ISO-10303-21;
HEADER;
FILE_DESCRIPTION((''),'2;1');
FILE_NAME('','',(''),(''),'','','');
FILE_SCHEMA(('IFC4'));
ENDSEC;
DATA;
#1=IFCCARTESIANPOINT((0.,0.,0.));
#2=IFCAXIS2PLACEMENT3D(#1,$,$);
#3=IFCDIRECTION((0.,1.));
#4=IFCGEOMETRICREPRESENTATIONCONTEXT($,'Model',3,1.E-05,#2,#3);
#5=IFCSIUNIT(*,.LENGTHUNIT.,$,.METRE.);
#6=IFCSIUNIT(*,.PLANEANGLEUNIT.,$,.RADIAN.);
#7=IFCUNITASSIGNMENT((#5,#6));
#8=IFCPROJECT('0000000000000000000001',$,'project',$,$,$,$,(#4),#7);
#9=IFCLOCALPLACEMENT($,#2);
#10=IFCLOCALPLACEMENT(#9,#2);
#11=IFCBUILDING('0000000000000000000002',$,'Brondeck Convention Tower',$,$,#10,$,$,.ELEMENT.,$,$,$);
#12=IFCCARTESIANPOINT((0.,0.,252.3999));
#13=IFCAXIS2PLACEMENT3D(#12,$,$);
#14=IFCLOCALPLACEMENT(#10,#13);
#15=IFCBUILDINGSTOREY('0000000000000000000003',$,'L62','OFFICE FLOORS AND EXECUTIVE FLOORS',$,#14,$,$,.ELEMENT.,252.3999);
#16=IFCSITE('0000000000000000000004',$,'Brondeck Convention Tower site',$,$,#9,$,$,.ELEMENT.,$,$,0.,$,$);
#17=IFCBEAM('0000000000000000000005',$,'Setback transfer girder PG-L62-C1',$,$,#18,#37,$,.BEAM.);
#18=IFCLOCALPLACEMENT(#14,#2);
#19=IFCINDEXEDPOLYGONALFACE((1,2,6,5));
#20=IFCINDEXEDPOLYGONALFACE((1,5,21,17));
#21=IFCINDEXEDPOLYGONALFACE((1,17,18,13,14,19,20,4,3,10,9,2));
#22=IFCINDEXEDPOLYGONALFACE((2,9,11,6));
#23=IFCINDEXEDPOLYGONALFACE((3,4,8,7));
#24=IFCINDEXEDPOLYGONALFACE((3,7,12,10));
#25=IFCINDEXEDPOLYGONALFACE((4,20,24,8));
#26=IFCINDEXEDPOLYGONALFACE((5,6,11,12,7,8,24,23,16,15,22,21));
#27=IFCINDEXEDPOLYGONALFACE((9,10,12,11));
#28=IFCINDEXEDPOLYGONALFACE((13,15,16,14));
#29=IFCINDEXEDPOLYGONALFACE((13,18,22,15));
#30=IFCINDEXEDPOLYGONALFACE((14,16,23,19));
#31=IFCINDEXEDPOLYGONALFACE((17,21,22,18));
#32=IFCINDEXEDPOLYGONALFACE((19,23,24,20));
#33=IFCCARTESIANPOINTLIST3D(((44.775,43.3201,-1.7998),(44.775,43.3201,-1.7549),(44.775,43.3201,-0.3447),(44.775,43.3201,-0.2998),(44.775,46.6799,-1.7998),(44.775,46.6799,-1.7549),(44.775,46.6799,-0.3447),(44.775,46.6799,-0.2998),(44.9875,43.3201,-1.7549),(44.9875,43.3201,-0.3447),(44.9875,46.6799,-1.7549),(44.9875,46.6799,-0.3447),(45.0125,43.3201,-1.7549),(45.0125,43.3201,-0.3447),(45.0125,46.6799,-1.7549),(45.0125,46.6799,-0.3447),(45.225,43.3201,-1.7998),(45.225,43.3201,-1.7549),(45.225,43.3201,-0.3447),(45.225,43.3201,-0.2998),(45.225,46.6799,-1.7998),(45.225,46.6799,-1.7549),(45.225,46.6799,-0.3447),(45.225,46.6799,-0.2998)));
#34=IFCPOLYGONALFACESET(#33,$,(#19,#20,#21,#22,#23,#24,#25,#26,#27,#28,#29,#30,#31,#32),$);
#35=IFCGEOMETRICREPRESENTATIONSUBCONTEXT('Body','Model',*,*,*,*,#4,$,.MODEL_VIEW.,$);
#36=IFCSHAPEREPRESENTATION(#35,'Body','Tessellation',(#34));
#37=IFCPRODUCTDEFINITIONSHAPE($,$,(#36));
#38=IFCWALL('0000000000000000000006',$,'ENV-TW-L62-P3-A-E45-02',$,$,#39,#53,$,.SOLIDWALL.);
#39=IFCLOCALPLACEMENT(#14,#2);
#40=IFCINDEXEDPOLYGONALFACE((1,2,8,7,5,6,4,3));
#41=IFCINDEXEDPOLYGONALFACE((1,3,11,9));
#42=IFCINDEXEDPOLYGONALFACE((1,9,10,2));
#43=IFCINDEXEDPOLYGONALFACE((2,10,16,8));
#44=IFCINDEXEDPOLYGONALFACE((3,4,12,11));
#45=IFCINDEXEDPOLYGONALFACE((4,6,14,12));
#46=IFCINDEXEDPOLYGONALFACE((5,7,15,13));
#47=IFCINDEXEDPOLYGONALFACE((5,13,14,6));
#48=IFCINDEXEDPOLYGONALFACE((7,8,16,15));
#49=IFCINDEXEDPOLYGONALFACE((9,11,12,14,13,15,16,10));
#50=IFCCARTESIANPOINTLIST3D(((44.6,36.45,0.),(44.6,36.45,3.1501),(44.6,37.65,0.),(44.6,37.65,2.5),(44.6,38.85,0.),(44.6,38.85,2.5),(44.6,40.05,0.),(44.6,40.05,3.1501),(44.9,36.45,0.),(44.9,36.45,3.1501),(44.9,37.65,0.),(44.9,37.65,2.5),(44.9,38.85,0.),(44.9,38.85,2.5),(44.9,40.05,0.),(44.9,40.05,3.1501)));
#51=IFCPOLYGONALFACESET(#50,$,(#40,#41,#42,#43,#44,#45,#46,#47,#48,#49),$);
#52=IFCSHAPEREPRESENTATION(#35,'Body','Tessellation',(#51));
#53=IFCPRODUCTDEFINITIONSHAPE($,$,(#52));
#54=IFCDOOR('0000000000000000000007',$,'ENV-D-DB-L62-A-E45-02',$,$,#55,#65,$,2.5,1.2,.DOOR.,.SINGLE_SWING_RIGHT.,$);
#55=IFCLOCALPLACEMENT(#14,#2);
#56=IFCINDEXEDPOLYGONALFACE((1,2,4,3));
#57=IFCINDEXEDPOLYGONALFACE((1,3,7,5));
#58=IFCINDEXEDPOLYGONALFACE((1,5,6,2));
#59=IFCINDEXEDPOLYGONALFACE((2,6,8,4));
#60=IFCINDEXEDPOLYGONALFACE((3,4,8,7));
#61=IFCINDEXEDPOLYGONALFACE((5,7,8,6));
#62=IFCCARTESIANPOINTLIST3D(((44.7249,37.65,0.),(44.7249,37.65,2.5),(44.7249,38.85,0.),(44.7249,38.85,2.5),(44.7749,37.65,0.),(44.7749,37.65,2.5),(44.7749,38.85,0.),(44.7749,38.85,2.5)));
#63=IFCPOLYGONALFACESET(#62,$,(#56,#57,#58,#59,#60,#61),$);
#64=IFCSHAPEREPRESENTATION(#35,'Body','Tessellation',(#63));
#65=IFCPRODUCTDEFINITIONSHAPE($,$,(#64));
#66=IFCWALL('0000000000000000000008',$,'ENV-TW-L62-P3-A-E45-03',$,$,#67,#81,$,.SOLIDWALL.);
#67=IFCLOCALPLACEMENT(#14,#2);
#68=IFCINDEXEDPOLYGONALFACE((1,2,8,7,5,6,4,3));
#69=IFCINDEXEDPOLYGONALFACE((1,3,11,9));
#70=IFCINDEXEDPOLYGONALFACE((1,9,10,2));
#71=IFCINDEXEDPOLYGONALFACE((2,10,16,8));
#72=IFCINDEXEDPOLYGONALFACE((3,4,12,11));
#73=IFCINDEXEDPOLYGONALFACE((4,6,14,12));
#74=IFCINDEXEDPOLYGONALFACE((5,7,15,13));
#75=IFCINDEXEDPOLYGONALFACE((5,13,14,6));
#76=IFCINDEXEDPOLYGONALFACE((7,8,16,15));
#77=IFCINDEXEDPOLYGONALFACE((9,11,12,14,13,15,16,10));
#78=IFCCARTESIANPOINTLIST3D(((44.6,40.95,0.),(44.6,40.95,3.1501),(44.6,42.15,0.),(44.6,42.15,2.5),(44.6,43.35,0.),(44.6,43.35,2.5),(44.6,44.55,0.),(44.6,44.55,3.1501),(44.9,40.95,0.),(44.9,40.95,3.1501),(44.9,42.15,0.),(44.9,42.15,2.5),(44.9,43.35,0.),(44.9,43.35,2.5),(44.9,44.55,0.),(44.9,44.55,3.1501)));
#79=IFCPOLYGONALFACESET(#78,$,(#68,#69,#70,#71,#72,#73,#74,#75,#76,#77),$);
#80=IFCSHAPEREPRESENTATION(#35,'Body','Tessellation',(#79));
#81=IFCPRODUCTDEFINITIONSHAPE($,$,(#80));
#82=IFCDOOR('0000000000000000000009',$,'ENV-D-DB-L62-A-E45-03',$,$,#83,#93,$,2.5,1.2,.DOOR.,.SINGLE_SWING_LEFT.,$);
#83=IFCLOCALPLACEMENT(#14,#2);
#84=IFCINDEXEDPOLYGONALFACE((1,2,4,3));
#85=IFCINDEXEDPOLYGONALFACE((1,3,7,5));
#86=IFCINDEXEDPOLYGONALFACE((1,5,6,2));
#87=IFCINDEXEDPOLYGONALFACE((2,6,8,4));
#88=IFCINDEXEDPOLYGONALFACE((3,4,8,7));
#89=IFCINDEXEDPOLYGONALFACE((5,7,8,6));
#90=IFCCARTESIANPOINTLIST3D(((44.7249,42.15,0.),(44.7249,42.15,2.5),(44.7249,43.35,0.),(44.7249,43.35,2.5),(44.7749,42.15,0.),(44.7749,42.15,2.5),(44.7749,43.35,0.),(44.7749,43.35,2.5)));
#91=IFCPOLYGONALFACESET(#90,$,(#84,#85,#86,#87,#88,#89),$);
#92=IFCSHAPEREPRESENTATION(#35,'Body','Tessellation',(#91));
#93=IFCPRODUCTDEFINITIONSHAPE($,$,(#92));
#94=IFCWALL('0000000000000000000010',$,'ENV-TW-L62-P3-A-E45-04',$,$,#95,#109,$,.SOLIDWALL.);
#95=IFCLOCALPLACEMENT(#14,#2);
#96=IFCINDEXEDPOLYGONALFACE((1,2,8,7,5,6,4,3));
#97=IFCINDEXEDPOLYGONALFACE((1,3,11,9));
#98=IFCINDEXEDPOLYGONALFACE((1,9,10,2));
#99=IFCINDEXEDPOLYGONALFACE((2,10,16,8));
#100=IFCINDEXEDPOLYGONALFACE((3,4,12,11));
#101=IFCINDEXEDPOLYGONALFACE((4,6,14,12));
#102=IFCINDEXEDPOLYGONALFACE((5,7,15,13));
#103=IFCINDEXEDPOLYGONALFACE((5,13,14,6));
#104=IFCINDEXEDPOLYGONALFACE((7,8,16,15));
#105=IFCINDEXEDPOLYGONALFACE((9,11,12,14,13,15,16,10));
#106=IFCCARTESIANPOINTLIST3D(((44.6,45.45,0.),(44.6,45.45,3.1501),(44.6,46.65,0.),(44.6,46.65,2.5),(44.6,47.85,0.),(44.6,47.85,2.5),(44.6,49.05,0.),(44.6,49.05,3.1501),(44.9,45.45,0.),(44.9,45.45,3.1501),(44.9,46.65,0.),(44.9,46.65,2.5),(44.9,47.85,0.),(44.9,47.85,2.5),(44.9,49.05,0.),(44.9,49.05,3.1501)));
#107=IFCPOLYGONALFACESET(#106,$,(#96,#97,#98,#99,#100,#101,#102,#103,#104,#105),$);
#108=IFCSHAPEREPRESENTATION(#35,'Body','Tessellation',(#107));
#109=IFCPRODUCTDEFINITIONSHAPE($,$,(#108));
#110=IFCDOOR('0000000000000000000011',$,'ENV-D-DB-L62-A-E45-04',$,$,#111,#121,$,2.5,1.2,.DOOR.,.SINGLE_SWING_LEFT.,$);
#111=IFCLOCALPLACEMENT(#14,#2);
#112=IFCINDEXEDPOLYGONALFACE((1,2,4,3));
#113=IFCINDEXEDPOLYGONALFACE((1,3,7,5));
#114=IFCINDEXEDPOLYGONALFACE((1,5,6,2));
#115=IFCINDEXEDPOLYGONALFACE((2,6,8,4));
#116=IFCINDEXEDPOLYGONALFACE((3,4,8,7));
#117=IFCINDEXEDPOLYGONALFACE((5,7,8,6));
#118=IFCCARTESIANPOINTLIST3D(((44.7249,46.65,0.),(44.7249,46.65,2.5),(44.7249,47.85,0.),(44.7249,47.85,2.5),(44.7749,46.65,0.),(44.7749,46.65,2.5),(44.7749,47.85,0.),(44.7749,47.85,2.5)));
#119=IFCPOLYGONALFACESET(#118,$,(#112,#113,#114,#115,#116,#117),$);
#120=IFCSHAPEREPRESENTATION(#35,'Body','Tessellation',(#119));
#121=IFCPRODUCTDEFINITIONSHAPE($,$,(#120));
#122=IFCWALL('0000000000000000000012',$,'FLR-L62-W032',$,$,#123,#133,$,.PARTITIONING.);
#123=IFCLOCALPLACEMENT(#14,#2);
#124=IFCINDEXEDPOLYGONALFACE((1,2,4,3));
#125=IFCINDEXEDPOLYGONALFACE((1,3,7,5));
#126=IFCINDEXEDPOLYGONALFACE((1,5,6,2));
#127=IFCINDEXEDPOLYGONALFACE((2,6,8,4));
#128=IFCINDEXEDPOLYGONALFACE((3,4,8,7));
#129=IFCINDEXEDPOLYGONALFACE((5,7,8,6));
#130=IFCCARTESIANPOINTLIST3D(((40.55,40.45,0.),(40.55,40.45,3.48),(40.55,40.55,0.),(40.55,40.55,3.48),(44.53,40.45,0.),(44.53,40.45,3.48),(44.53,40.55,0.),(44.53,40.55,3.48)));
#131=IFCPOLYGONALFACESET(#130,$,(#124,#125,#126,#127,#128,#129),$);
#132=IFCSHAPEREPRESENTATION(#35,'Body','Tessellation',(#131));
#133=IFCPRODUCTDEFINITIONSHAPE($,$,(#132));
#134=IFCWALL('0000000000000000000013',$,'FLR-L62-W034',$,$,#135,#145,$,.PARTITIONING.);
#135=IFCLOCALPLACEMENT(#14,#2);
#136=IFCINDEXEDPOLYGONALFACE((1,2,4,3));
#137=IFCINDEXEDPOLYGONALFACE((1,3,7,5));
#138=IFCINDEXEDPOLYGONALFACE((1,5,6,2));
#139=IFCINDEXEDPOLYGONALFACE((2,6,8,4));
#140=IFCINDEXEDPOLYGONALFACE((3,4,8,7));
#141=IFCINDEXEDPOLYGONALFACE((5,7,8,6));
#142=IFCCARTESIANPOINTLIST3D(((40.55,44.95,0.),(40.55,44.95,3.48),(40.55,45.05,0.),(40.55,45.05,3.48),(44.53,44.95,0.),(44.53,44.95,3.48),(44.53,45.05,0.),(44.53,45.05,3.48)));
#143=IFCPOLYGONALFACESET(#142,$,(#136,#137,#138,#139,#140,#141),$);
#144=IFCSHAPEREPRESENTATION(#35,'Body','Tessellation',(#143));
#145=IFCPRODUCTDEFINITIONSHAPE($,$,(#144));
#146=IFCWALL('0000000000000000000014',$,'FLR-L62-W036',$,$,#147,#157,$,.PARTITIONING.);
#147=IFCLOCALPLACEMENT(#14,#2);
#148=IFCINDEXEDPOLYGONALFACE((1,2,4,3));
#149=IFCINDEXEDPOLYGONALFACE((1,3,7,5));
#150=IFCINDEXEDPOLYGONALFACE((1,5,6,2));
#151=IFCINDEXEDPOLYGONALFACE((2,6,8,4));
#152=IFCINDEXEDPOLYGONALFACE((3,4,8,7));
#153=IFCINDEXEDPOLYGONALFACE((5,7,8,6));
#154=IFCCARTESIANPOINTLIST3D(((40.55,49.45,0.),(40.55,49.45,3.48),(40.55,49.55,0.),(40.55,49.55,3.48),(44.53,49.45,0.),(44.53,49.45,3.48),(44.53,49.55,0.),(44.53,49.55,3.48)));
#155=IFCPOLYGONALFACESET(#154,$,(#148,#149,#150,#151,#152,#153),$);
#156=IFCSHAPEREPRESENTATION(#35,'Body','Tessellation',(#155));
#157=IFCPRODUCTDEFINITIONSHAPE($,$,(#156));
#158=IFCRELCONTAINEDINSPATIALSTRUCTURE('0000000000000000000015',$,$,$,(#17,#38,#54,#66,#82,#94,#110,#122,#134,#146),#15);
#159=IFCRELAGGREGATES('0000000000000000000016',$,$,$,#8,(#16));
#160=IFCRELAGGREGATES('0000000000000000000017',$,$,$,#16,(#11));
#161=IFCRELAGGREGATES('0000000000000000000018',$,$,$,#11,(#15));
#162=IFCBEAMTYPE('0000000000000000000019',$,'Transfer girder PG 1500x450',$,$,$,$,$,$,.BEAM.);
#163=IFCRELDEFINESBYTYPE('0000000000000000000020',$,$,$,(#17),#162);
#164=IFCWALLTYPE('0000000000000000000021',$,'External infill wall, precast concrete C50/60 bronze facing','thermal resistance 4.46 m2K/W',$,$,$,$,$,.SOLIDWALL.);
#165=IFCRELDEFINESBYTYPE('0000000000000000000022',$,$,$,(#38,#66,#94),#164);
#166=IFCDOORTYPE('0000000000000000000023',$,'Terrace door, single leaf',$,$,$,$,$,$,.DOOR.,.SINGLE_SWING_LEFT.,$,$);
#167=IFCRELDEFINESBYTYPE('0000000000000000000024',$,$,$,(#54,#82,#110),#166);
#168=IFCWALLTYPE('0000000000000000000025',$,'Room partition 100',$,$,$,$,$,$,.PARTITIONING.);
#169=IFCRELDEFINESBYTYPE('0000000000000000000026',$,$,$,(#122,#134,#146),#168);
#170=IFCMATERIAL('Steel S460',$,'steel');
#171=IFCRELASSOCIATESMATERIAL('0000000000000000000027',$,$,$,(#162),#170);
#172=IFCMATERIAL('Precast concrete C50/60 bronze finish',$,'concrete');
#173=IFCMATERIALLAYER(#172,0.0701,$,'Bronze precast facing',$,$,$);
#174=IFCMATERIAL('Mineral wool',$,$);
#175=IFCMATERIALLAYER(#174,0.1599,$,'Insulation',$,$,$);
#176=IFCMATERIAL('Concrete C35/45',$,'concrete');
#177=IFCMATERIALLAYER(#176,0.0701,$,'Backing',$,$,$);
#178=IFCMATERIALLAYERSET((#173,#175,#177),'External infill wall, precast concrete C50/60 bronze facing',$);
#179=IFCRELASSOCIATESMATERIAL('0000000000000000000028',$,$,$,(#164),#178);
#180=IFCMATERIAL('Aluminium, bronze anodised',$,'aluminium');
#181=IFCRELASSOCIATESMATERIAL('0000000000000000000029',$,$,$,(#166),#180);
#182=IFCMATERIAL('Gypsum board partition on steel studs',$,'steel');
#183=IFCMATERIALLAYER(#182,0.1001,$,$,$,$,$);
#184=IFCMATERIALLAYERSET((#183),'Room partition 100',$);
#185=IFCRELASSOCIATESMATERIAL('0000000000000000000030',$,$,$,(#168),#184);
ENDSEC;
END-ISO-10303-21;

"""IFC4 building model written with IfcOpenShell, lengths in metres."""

from ifc_helpers import new_model, si_unit, direction, frame, frame_2d, origin, origin_2d, place, context, subcontext, project, spatial, rectangle, i_section, extrude, material, layer, layer_set, material_profile, profile_set, type_object, element, fill, save


model = new_model("IFC4")

# Units and contexts
model_context = context("Model", 3, precision=1e-05, world=origin(), true_north=direction((0.0, 1.0)))
body_context = subcontext(model_context, "Body", "Model", "MODEL_VIEW")
ifc_project = project(units=[si_unit("LENGTHUNIT", "METRE"), si_unit("PLANEANGLEUNIT", "RADIAN")], contexts=[model_context])

# Site, building, storey
site_placement = place(None, origin())
site = spatial("IfcSite", under=ifc_project, at=site_placement, Name="Brondeck Convention Tower site", CompositionType="ELEMENT", RefElevation=0.0)
building_placement = place(site_placement, origin())
building = spatial("IfcBuilding", under=site, at=building_placement, Name="Brondeck Convention Tower", CompositionType="ELEMENT")
storey_placement = place(building_placement, frame((0.0, 0.0, 252.3999)))
storey = spatial("IfcBuildingStorey", under=building, at=storey_placement, Name="L62", Description="OFFICE FLOORS AND EXECUTIVE FLOORS", CompositionType="ELEMENT", Elevation=252.3999)

# Beam
ifc_material_1 = material(Name="Steel S460", Category="steel")
ifc_material_profile_1 = material_profile(ifc_material_1, i_section(OverallWidth=0.45, OverallDepth=1.5, WebThickness=0.0249, FlangeThickness=0.0449, at=origin_2d()), Name="PG 1500x450")
ifc_profile_set_1 = profile_set([ifc_material_profile_1], Name="Steel S460")
beam_type_1 = type_object("IfcBeamType", Name="Transfer girder PG 1500x450", PredefinedType="BEAM", material=ifc_profile_set_1)
beam_1_placement = place(storey_placement, frame((45.0, 43.3201, -1.0498), z_axis=(0.0, 1.0, 0.0), x_axis=(-1.0, 0.0, 0.0)))
element("IfcBeam", 1, at=beam_1_placement, inside=storey, type_object=beam_type_1, Name="Setback transfer girder PG-L62-C1", PredefinedType="BEAM", context=body_context, shape_type="SweptSolid", body=[
    extrude(i_section(OverallWidth=0.45, OverallDepth=1.5, WebThickness=0.0249, FlangeThickness=0.0449, at=origin_2d()), origin(), (0.0, 0.0, 1.0), 3.3599),
])

# Walls, openings, doors
ifc_material_2 = material(Name="Precast concrete C50/60 bronze finish", Category="concrete")
ifc_layer_1 = layer(ifc_material_2, 0.0701, Name="Bronze precast facing")
ifc_material_3 = material(Name="Mineral wool")
ifc_layer_2 = layer(ifc_material_3, 0.1599, Name="Insulation")
ifc_material_4 = material(Name="Concrete C35/45", Category="concrete")
ifc_layer_3 = layer(ifc_material_4, 0.0701, Name="Backing")
ifc_layer_set_1 = layer_set([ifc_layer_1, ifc_layer_2, ifc_layer_3], Name="External infill wall, precast concrete C50/60 bronze facing")
wall_type_1 = type_object("IfcWallType", Name="External infill wall, precast concrete C50/60 bronze facing", Description="thermal resistance 4.46 m2K/W", PredefinedType="SOLIDWALL", material=ifc_layer_set_1)
wall_1_placement = place(storey_placement, frame((44.75, 40.05, 0.0), z_axis=(0.0, 0.0, 1.0), x_axis=(0.0, -1.0, 0.0)))
wall_1 = element("IfcWall", 2, at=wall_1_placement, inside=storey, type_object=wall_type_1, Name="ENV-TW-L62-P3-A-E45-02", PredefinedType="SOLIDWALL", context=body_context, shape_type="SweptSolid", body=[
    extrude(rectangle(XDim=3.6001, YDim=0.3, at=frame_2d((1.8, 0.0))), origin(), (0.0, 0.0, 1.0), 3.1501),
])
opening_1_placement = place(wall_1_placement, frame((1.2, 0.0, 0.0)))
opening_1 = element("IfcOpeningElement", 3, at=opening_1_placement, cuts=wall_1, PredefinedType="OPENING", context=body_context, shape_type="SweptSolid", body=[
    extrude(rectangle(XDim=1.2, YDim=2.5, at=frame_2d((0.6001, 1.25))), frame((0.0, 0.1599, 0.0), z_axis=(0.0, -1.0, 0.0), x_axis=(1.0, 0.0, 0.0)), (0.0, 0.0, 1.0), 0.3201),
])
ifc_material_5 = material(Name="Aluminium, bronze anodised", Category="aluminium")
door_type = type_object("IfcDoorType", Name="Terrace door, single leaf", OperationType="SINGLE_SWING_LEFT", PredefinedType="DOOR", material=ifc_material_5)
door_1_placement = place(opening_1_placement, origin())
door_1 = element("IfcDoor", 4, at=door_1_placement, inside=storey, type_object=door_type, Name="ENV-D-DB-L62-A-E45-02", OperationType="SINGLE_SWING_RIGHT", OverallHeight=2.5, OverallWidth=1.2, PredefinedType="DOOR", context=body_context, shape_type="SweptSolid", body=[
    extrude(rectangle(XDim=1.2, YDim=2.5, at=frame_2d((0.6001, 1.25))), frame((0.0, 0.0249, 0.0), z_axis=(0.0, -1.0, 0.0), x_axis=(1.0, 0.0, 0.0)), (0.0, 0.0, 1.0), 0.05),
])
fill(opening_1, door_1)
wall_2_placement = place(storey_placement, frame((44.75, 44.55, 0.0), z_axis=(0.0, 0.0, 1.0), x_axis=(0.0, -1.0, 0.0)))
wall_2 = element("IfcWall", 5, at=wall_2_placement, inside=storey, type_object=wall_type_1, Name="ENV-TW-L62-P3-A-E45-03", PredefinedType="SOLIDWALL", context=body_context, shape_type="SweptSolid", body=[
    extrude(rectangle(XDim=3.6001, YDim=0.3, at=frame_2d((1.8, 0.0))), origin(), (0.0, 0.0, 1.0), 3.1501),
])
opening_2_placement = place(wall_2_placement, frame((1.2, 0.0, 0.0)))
opening_2 = element("IfcOpeningElement", 6, at=opening_2_placement, cuts=wall_2, PredefinedType="OPENING", context=body_context, shape_type="SweptSolid", body=[
    extrude(rectangle(XDim=1.2, YDim=2.5, at=frame_2d((0.6001, 1.25))), frame((0.0, 0.1599, 0.0), z_axis=(0.0, -1.0, 0.0), x_axis=(1.0, 0.0, 0.0)), (0.0, 0.0, 1.0), 0.3201),
])
door_2_placement = place(opening_2_placement, origin())
door_2 = element("IfcDoor", 7, at=door_2_placement, inside=storey, type_object=door_type, Name="ENV-D-DB-L62-A-E45-03", OperationType="SINGLE_SWING_LEFT", OverallHeight=2.5, OverallWidth=1.2, PredefinedType="DOOR", context=body_context, shape_type="SweptSolid", body=[
    extrude(rectangle(XDim=1.2, YDim=2.5, at=frame_2d((0.6001, 1.25))), frame((0.0, 0.0249, 0.0), z_axis=(0.0, -1.0, 0.0), x_axis=(1.0, 0.0, 0.0)), (0.0, 0.0, 1.0), 0.05),
])
fill(opening_2, door_2)
wall_3_placement = place(storey_placement, frame((44.75, 49.05, 0.0), z_axis=(0.0, 0.0, 1.0), x_axis=(0.0, -1.0, 0.0)))
wall_3 = element("IfcWall", 8, at=wall_3_placement, inside=storey, type_object=wall_type_1, Name="ENV-TW-L62-P3-A-E45-04", PredefinedType="SOLIDWALL", context=body_context, shape_type="SweptSolid", body=[
    extrude(rectangle(XDim=3.6001, YDim=0.3, at=frame_2d((1.8, 0.0))), origin(), (0.0, 0.0, 1.0), 3.1501),
])
opening_3_placement = place(wall_3_placement, frame((1.2, 0.0, 0.0)))
opening_3 = element("IfcOpeningElement", 9, at=opening_3_placement, cuts=wall_3, PredefinedType="OPENING", context=body_context, shape_type="SweptSolid", body=[
    extrude(rectangle(XDim=1.2, YDim=2.5, at=frame_2d((0.6001, 1.25))), frame((0.0, 0.1599, 0.0), z_axis=(0.0, -1.0, 0.0), x_axis=(1.0, 0.0, 0.0)), (0.0, 0.0, 1.0), 0.3201),
])
door_3_placement = place(opening_3_placement, origin())
door_3 = element("IfcDoor", 10, at=door_3_placement, inside=storey, type_object=door_type, Name="ENV-D-DB-L62-A-E45-04", OperationType="SINGLE_SWING_LEFT", OverallHeight=2.5, OverallWidth=1.2, PredefinedType="DOOR", context=body_context, shape_type="SweptSolid", body=[
    extrude(rectangle(XDim=1.2, YDim=2.5, at=frame_2d((0.6001, 1.25))), frame((0.0, 0.0249, 0.0), z_axis=(0.0, -1.0, 0.0), x_axis=(1.0, 0.0, 0.0)), (0.0, 0.0, 1.0), 0.05),
])
fill(opening_3, door_3)

# Walls
ifc_material_6 = material(Name="Gypsum board partition on steel studs", Category="steel")
ifc_layer_4 = layer(ifc_material_6, 0.1001)
ifc_layer_set_2 = layer_set([ifc_layer_4], Name="Room partition 100")
wall_type_2 = type_object("IfcWallType", Name="Room partition 100", PredefinedType="PARTITIONING", material=ifc_layer_set_2)
for number, where, z_axis, x_axis, name in (
    (11, (40.55, 40.5, 0.0), (0.0, 0.0, 1.0), (1.0, 0.0, 0.0), "FLR-L62-W032"),
    (12, (40.55, 45.0, 0.0), (0.0, 0.0, 1.0), (1.0, 0.0, 0.0), "FLR-L62-W034"),
    (13, (40.55, 49.5, 0.0), (0.0, 0.0, 1.0), (1.0, 0.0, 0.0), "FLR-L62-W036"),
):
    element("IfcWall", number, at=place(storey_placement, frame(where, z_axis=z_axis, x_axis=x_axis)), inside=storey, type_object=wall_type_2, Name=name, PredefinedType="PARTITIONING", context=body_context, shape_type="SweptSolid", body=[
        extrude(rectangle(XDim=3.98, YDim=0.1001, at=frame_2d((1.99, 0.0))), origin(), (0.0, 0.0, 1.0), 3.48),
    ])

save(model, "model.ifc")
